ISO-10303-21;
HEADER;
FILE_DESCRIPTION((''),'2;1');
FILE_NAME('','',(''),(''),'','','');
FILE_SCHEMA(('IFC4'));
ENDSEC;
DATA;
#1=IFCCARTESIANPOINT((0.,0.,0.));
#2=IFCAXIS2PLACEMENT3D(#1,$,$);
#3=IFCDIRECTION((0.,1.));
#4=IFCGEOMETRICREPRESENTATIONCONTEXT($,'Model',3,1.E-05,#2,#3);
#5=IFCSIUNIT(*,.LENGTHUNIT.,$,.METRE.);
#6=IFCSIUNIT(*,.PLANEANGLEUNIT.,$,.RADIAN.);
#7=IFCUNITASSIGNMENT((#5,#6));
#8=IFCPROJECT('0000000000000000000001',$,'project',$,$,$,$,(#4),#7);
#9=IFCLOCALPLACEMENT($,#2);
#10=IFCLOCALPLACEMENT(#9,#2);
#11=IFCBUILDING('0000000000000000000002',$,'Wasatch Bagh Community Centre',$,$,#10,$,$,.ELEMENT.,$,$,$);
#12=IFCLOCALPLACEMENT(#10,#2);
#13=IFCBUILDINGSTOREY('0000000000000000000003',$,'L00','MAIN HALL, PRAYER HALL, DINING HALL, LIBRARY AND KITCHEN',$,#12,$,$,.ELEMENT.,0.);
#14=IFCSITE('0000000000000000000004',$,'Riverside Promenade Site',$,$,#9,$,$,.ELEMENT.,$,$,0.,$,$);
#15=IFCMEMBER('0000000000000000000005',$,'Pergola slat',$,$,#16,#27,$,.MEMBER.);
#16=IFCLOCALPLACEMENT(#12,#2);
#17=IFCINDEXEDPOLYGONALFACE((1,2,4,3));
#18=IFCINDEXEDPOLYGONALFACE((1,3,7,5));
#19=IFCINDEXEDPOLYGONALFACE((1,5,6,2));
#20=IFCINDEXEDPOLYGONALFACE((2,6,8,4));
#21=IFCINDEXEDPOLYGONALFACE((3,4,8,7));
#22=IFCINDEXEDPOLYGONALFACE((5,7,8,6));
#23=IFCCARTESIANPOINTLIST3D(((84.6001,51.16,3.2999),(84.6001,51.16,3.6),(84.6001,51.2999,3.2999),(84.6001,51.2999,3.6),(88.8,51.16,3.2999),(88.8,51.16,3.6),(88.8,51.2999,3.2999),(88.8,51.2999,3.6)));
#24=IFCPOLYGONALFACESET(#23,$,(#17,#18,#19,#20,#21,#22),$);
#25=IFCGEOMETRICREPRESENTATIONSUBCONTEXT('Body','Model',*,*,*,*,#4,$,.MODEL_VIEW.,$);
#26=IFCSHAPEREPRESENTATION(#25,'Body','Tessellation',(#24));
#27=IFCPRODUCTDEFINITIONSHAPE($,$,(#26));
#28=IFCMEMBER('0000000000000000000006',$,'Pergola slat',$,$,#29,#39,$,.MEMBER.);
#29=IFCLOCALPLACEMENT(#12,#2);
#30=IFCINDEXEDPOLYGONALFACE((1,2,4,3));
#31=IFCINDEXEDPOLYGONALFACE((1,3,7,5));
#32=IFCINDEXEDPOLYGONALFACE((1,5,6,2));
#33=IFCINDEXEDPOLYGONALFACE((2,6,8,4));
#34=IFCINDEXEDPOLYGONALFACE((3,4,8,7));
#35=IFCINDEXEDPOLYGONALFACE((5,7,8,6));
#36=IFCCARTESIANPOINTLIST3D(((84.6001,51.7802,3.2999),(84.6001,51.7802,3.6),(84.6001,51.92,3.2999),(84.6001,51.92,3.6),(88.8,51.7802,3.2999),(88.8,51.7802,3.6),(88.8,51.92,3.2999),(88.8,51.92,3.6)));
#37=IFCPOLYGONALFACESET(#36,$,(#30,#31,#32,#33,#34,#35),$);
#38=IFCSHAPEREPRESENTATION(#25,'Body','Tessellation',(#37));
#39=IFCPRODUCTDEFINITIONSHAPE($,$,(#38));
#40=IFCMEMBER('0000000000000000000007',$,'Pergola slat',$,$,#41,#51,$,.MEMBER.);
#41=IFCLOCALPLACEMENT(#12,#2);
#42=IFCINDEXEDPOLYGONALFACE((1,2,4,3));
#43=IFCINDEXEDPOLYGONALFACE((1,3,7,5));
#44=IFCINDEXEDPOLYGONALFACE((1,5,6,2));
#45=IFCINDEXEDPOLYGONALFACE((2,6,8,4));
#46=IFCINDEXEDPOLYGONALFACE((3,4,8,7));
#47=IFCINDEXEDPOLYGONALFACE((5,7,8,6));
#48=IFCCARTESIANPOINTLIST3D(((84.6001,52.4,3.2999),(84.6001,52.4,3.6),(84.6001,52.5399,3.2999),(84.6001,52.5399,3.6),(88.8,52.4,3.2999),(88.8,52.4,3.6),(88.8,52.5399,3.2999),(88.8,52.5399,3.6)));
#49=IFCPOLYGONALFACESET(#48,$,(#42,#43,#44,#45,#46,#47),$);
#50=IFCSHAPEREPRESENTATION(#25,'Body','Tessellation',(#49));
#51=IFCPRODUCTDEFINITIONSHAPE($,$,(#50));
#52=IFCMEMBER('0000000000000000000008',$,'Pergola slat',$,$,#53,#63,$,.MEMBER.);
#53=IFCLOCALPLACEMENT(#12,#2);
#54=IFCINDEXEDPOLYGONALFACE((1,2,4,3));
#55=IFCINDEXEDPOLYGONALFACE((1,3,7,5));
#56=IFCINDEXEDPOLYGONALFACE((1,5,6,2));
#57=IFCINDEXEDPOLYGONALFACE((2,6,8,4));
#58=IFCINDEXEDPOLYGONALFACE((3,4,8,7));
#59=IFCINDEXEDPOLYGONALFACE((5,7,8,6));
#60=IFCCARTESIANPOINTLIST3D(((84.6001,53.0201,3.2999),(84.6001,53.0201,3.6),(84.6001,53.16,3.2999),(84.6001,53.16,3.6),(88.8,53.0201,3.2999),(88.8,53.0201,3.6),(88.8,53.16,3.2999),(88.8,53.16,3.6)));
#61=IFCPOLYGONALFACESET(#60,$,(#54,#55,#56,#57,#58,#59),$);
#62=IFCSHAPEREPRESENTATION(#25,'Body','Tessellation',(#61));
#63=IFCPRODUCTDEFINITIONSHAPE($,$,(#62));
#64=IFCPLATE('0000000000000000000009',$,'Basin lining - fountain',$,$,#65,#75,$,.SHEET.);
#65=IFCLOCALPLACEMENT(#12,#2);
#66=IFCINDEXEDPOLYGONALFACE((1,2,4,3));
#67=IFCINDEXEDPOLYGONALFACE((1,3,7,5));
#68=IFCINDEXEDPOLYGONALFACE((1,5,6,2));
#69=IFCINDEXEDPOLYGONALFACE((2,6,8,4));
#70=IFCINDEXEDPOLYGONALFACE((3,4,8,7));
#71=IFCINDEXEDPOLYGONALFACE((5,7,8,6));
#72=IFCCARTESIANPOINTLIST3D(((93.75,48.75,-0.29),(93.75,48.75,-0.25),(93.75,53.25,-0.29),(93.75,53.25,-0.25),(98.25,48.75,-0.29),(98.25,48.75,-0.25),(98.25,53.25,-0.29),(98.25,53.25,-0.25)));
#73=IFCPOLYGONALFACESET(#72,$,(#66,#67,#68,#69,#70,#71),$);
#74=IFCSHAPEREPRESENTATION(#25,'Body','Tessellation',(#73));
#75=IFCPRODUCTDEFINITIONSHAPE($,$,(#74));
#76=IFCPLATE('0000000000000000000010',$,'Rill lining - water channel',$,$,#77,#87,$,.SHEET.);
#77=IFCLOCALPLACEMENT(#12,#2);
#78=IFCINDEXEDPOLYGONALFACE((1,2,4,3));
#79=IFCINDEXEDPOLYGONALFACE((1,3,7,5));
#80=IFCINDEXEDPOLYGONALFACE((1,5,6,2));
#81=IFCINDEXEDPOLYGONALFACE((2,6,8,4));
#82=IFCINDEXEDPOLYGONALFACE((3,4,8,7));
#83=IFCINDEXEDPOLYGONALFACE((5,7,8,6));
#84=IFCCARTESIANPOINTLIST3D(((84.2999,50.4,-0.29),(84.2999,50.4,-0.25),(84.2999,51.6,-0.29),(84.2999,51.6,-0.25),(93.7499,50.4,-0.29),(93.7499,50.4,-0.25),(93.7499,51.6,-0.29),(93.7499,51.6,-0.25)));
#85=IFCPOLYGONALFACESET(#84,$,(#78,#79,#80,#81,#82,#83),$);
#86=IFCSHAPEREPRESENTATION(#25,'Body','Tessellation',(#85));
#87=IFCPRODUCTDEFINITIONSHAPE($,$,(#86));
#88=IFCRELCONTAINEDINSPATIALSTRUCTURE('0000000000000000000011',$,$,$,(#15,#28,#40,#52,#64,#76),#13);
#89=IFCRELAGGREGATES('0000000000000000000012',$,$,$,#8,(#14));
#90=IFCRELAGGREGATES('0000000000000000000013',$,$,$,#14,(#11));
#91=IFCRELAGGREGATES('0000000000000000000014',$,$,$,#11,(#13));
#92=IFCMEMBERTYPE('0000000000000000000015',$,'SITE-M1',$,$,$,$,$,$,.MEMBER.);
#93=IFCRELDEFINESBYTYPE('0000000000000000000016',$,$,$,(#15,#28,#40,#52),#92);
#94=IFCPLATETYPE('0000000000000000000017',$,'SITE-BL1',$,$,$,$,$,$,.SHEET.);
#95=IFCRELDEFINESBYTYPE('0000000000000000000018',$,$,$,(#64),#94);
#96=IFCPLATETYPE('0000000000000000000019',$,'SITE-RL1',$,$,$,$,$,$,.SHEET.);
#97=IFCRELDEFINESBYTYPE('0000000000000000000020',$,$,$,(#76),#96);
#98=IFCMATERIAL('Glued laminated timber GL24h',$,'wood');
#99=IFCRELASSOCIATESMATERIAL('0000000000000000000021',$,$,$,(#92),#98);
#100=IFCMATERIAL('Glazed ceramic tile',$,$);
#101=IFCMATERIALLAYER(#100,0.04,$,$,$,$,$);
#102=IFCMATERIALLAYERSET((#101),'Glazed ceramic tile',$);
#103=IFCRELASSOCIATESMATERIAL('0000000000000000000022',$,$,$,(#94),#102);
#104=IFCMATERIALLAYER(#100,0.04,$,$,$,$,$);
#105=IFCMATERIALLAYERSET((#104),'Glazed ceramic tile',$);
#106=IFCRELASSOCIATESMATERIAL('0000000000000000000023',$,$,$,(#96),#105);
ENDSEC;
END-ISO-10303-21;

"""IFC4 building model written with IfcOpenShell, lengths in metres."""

from ifc_helpers import new_model, si_unit, direction, frame, origin, origin_2d, place, context, subcontext, project, spatial, rectangle, extrude, material, layer, layer_set, material_profile, profile_set, type_object, element, save


model = new_model("IFC4")

# Units and contexts
model_context = context("Model", 3, precision=1e-05, world=origin(), true_north=direction((0.0, 1.0)))
body_context = subcontext(model_context, "Body", "Model", "MODEL_VIEW")
ifc_project = project(units=[si_unit("LENGTHUNIT", "METRE"), si_unit("PLANEANGLEUNIT", "RADIAN")], contexts=[model_context])

# Site, building, storey
site_placement = place(None, origin())
site = spatial("IfcSite", under=ifc_project, at=site_placement, Name="Riverside Promenade Site", CompositionType="ELEMENT", RefElevation=0.0)
building_placement = place(site_placement, origin())
building = spatial("IfcBuilding", under=site, at=building_placement, Name="Wasatch Bagh Community Centre", CompositionType="ELEMENT")
storey_placement = place(building_placement, origin())
storey = spatial("IfcBuildingStorey", under=building, at=storey_placement, Name="L00", Description="MAIN HALL, PRAYER HALL, DINING HALL, LIBRARY AND KITCHEN", CompositionType="ELEMENT", Elevation=0.0)

# Members
ifc_material_1 = material(Name="Glued laminated timber GL24h", Category="wood")
ifc_material_profile_1 = material_profile(ifc_material_1, rectangle(XDim=0.1399, YDim=0.3, at=origin_2d()), Name="GL 140x300")
ifc_profile_set_1 = profile_set([ifc_material_profile_1], Name="Glued laminated timber GL24h")
member_type = type_object("IfcMemberType", Name="SITE-M1", PredefinedType="MEMBER", material=ifc_profile_set_1)
for number, where, z_axis, x_axis, name in (
    (1, (84.6001, 51.23, 3.45), (1.0, 0.0, 0.0), (0.0, 1.0, 0.0), "Pergola slat"),
    (2, (84.6001, 51.8501, 3.45), (1.0, 0.0, 0.0), (0.0, 1.0, 0.0), "Pergola slat"),
    (3, (84.6001, 52.47, 3.45), (1.0, 0.0, 0.0), (0.0, 1.0, 0.0), "Pergola slat"),
    (4, (84.6001, 53.0901, 3.45), (1.0, 0.0, 0.0), (0.0, 1.0, 0.0), "Pergola slat"),
):
    element("IfcMember", number, at=place(storey_placement, frame(where, z_axis=z_axis, x_axis=x_axis)), inside=storey, type_object=member_type, Name=name, PredefinedType="MEMBER", context=body_context, shape_type="SweptSolid", body=[
        extrude(rectangle(XDim=0.1399, YDim=0.3, at=origin_2d()), origin(), (0.0, 0.0, 1.0), 4.2),
    ])

# Plates
ifc_material_2 = material(Name="Glazed ceramic tile")
ifc_layer_1 = layer(ifc_material_2, 0.04)
ifc_layer_set_1 = layer_set([ifc_layer_1], Name="Glazed ceramic tile")
plate_type_1 = type_object("IfcPlateType", Name="SITE-BL1", PredefinedType="SHEET", material=ifc_layer_set_1)
plate_1_placement = place(storey_placement, frame((96.0, 51.0, -0.29), z_axis=(0.0, 0.0, 1.0), x_axis=(1.0, 0.0, 0.0)))
element("IfcPlate", 5, at=plate_1_placement, inside=storey, type_object=plate_type_1, Name="Basin lining - fountain", PredefinedType="SHEET", context=body_context, shape_type="SweptSolid", body=[
    extrude(rectangle(XDim=4.5, YDim=4.5, at=origin_2d()), origin(), (0.0, 0.0, 1.0), 0.04),
])
ifc_layer_2 = layer(ifc_material_2, 0.04)
ifc_layer_set_2 = layer_set([ifc_layer_2], Name="Glazed ceramic tile")
plate_type_2 = type_object("IfcPlateType", Name="SITE-RL1", PredefinedType="SHEET", material=ifc_layer_set_2)
plate_2_placement = place(storey_placement, frame((89.0249, 51.0, -0.29), z_axis=(0.0, 0.0, 1.0), x_axis=(1.0, 0.0, 0.0)))
element("IfcPlate", 6, at=plate_2_placement, inside=storey, type_object=plate_type_2, Name="Rill lining - water channel", PredefinedType="SHEET", context=body_context, shape_type="SweptSolid", body=[
    extrude(rectangle(XDim=9.45, YDim=1.2, at=origin_2d()), origin(), (0.0, 0.0, 1.0), 0.04),
])

save(model, "model.ifc")
